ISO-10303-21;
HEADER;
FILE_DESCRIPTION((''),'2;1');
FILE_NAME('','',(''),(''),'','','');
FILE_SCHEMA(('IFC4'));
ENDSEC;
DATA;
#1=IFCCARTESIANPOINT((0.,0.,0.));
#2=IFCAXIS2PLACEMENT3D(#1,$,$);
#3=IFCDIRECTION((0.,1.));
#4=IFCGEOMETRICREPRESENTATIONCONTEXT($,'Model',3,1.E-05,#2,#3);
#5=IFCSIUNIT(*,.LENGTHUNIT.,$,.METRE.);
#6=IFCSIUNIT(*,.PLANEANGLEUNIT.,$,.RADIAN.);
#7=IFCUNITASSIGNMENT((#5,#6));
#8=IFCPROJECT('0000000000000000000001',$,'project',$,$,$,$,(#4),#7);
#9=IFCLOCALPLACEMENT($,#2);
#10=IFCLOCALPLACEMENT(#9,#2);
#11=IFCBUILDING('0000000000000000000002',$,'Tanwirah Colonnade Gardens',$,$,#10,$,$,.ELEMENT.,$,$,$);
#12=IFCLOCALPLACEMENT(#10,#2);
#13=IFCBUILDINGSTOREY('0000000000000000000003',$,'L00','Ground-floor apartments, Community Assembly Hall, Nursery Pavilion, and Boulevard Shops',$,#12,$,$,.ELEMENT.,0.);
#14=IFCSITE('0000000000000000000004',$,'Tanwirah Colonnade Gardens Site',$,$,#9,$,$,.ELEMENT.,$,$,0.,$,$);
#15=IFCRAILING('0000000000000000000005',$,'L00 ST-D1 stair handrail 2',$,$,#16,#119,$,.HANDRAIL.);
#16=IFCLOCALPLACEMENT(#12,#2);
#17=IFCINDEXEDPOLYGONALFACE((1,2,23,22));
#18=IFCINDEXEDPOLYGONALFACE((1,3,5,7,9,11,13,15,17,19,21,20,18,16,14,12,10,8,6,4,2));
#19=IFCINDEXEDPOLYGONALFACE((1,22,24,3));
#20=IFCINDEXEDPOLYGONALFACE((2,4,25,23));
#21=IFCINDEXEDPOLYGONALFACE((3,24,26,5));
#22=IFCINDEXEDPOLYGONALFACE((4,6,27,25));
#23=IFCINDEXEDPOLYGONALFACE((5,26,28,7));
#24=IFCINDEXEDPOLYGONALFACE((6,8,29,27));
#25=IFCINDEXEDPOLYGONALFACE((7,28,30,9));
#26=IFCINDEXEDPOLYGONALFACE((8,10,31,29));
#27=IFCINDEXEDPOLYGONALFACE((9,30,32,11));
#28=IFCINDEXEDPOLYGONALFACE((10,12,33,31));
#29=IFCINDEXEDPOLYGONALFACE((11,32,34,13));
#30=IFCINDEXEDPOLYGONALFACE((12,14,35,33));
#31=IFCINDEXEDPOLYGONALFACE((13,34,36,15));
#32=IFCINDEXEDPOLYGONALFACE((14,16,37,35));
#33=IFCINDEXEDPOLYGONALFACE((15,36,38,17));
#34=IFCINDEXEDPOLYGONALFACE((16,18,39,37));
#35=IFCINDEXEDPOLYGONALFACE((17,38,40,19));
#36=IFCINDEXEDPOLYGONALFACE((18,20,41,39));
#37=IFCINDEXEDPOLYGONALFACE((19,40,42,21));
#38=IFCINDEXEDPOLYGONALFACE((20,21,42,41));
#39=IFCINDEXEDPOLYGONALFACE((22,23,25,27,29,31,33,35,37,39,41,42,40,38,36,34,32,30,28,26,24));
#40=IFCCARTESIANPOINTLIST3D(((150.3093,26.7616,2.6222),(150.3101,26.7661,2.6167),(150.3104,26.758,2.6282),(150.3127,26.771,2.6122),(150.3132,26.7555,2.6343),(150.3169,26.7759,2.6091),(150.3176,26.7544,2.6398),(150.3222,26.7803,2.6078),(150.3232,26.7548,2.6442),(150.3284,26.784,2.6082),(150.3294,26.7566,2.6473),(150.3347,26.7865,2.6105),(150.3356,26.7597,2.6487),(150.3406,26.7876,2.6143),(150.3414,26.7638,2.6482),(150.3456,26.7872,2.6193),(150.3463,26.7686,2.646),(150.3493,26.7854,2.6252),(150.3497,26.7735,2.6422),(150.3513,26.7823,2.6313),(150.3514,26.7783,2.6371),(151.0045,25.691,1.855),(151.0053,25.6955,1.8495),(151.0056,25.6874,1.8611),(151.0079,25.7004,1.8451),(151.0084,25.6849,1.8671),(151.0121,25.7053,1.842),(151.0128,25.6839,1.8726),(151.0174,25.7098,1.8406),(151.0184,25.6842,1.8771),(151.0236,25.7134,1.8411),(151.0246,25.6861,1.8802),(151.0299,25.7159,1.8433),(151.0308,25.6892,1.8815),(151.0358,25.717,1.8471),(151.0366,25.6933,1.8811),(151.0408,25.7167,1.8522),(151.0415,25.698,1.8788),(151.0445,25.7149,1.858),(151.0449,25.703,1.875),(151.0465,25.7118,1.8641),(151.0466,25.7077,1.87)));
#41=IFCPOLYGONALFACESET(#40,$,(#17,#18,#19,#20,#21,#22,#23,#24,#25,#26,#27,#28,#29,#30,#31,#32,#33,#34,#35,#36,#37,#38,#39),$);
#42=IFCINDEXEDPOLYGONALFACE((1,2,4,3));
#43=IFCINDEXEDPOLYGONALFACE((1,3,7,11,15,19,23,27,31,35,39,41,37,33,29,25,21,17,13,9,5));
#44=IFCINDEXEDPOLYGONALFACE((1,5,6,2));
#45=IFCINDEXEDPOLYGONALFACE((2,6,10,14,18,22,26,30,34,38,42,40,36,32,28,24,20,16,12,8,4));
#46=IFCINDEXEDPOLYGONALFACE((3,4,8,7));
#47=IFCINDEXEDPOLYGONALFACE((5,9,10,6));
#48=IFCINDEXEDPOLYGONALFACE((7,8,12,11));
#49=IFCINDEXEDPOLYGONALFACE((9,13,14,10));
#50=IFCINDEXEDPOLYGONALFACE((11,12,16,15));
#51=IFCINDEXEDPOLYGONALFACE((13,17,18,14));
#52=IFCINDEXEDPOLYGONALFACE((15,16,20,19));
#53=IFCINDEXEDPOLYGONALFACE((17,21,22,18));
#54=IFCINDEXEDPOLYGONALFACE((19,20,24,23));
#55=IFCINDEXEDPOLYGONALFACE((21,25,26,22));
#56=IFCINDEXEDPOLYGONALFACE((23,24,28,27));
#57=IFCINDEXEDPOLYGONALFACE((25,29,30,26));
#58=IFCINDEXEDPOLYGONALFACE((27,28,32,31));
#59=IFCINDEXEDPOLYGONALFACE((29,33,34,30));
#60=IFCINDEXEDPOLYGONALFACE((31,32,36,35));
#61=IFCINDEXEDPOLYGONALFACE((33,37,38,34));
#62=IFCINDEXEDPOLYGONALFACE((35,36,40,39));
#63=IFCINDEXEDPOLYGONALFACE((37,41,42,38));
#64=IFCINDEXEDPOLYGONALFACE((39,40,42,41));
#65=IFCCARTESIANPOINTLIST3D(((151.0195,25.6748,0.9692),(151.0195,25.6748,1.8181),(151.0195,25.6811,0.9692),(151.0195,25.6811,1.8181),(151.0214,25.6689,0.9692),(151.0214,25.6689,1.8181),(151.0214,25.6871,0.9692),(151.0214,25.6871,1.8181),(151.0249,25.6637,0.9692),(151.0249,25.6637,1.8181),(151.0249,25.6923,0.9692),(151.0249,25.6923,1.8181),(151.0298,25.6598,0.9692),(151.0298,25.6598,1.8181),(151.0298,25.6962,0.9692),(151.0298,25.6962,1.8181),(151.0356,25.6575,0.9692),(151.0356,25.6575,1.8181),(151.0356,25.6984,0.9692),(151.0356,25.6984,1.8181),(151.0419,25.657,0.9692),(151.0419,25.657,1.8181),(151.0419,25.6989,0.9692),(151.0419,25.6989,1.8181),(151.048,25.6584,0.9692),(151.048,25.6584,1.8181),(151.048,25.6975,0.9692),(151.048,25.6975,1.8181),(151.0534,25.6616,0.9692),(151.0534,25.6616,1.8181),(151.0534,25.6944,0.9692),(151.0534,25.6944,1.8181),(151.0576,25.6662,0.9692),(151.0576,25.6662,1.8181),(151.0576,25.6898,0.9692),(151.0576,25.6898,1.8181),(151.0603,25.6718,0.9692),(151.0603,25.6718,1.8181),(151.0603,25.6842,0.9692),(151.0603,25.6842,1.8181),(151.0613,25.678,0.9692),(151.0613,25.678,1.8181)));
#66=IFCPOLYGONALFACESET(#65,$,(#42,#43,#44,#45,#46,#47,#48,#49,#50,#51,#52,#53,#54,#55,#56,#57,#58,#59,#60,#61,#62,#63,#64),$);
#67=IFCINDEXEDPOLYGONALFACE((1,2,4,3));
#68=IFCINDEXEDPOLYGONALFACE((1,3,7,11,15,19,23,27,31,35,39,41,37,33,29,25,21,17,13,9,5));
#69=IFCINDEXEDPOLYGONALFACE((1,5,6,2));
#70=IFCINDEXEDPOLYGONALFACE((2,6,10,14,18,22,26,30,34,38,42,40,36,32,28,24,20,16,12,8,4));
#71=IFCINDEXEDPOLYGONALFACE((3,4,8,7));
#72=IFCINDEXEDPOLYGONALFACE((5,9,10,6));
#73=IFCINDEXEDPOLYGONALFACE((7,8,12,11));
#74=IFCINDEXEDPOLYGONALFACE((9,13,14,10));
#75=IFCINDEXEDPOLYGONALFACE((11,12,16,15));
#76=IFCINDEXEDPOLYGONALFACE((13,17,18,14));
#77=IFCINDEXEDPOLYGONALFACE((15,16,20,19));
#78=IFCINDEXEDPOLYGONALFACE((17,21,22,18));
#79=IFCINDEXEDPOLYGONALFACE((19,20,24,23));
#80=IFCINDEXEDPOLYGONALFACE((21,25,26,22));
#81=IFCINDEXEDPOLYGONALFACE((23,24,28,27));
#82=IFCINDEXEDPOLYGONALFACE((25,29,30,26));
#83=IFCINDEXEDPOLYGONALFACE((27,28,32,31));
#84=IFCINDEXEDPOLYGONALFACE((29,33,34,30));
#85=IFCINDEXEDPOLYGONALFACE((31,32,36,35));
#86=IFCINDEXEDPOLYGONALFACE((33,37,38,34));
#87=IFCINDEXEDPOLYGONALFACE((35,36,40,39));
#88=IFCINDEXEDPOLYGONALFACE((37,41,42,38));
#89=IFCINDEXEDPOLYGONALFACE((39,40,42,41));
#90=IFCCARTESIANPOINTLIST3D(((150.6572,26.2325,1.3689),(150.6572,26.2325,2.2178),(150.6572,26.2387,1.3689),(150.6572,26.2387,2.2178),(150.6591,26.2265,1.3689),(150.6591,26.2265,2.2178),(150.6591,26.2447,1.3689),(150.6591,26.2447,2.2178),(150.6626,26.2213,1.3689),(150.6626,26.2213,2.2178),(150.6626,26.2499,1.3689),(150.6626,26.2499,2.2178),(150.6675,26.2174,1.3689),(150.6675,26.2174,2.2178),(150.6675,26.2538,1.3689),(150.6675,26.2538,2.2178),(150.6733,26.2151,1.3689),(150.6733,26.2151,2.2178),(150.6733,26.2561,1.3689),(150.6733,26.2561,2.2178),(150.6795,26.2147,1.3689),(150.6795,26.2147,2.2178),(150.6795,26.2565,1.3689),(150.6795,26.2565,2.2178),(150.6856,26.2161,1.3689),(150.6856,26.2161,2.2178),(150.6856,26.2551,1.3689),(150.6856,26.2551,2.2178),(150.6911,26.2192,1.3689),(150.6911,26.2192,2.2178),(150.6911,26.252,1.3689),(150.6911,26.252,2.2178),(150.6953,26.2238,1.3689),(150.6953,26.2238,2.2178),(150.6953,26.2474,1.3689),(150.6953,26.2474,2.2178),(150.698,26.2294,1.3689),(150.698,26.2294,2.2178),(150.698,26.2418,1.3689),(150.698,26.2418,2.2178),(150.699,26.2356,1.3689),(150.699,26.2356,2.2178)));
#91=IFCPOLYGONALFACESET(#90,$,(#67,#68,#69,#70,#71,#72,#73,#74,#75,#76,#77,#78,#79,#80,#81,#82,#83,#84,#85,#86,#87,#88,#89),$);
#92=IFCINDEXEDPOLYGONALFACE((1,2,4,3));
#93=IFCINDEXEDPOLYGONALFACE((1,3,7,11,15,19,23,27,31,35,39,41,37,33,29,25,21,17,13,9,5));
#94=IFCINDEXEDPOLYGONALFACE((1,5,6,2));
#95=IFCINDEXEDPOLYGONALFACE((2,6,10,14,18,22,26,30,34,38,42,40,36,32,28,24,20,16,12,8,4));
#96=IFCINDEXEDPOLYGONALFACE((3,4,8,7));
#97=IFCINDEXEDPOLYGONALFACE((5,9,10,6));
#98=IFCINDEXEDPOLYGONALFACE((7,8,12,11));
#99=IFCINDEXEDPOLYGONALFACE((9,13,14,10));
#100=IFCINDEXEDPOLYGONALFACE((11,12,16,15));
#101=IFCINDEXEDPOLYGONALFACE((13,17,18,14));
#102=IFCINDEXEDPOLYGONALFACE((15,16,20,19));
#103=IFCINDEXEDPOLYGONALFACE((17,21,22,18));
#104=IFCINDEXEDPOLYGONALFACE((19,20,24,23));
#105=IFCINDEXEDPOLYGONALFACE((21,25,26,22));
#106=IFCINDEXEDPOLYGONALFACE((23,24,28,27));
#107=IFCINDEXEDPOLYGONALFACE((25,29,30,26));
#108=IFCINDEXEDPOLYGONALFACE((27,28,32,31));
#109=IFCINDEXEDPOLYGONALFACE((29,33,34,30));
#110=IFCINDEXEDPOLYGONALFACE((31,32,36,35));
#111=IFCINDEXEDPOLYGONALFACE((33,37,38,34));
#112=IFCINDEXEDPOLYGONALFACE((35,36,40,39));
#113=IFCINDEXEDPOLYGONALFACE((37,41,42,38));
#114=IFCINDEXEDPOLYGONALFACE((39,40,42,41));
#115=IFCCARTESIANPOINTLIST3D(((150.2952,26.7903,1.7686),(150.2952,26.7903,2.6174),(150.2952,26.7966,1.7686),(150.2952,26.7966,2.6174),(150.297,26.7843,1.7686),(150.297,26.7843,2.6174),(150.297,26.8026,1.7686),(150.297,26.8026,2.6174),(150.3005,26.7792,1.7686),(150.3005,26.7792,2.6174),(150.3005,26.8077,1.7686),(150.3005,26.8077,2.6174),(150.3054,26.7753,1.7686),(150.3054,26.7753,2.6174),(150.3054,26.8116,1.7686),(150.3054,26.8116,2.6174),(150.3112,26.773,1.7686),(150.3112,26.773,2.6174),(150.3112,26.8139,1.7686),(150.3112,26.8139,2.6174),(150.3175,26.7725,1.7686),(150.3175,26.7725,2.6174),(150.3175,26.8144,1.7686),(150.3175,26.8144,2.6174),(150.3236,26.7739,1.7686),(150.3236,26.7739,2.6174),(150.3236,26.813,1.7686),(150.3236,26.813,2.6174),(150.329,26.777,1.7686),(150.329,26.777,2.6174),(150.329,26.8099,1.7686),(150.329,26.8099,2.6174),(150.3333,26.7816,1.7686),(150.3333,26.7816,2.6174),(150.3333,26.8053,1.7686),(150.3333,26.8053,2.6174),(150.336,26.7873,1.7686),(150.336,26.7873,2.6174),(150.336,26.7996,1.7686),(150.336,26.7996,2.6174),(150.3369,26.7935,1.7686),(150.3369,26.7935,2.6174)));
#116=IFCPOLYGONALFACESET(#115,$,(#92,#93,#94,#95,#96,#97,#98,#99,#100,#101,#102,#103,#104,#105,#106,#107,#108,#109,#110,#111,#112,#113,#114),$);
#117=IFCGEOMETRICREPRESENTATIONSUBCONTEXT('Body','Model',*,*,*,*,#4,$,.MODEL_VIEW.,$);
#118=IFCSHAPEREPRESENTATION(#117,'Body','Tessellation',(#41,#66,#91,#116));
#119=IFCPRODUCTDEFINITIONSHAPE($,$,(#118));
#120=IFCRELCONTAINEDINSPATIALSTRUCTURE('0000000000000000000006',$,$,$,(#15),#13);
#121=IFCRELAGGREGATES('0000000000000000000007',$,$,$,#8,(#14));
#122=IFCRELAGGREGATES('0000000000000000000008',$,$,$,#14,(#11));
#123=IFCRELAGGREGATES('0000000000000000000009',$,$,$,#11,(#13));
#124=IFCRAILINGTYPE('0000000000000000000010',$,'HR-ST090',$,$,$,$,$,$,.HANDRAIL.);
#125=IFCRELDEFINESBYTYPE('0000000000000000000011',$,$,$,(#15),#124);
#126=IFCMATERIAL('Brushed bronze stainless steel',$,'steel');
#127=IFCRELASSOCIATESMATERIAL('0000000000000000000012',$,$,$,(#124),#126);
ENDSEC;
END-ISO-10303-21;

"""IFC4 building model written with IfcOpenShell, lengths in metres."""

from ifc_helpers import new_model, si_unit, direction, frame, origin, origin_2d, place, context, subcontext, project, spatial, circle, extrude, material, type_object, element, save


model = new_model("IFC4")

# Units and contexts
model_context = context("Model", 3, precision=1e-05, world=origin(), true_north=direction((0.0, 1.0)))
body_context = subcontext(model_context, "Body", "Model", "MODEL_VIEW")
ifc_project = project(units=[si_unit("LENGTHUNIT", "METRE"), si_unit("PLANEANGLEUNIT", "RADIAN")], contexts=[model_context])

# Site, building, storey
site_placement = place(None, origin())
site = spatial("IfcSite", under=ifc_project, at=site_placement, Name="Tanwirah Colonnade Gardens Site", CompositionType="ELEMENT", RefElevation=0.0)
building_placement = place(site_placement, origin())
building = spatial("IfcBuilding", under=site, at=building_placement, Name="Tanwirah Colonnade Gardens", CompositionType="ELEMENT")
storey_placement = place(building_placement, origin())
storey = spatial("IfcBuildingStorey", under=building, at=storey_placement, Name="L00", Description="Ground-floor apartments, Community Assembly Hall, Nursery Pavilion, and Boulevard Shops", CompositionType="ELEMENT", Elevation=0.0)

# Railing
ifc_material_1 = material(Name="Brushed bronze stainless steel", Category="steel")
railing_type_1 = type_object("IfcRailingType", Name="HR-ST090", PredefinedType="HANDRAIL", material=ifc_material_1)
for number, where, name in (
    (1, (151.0403, 25.678, 0.9692), "L00 ST-D1 stair handrail 2"),
):
    element("IfcRailing", number, at=place(storey_placement, frame(where)), inside=storey, type_object=railing_type_1, Name=name, PredefinedType="HANDRAIL", context=body_context, shape_type="SweptSolid", body=[
        extrude(circle(Radius=0.0239, at=origin_2d()), frame((-0.0146, 0.0225, 0.8918), z_axis=(-0.466808, 0.718856, 0.515109), x_axis=(-0.838683, -0.544621, 0.0)), (0.0, 0.0, 1.0), 1.4893),
        extrude(circle(Radius=0.021, at=origin_2d()), origin(), (0.0, 0.0, 1.0), 0.8489),
        extrude(circle(Radius=0.021, at=origin_2d()), frame((-0.3623, 0.5576, 0.3997)), (0.0, 0.0, 1.0), 0.8489),
        extrude(circle(Radius=0.021, at=origin_2d()), frame((-0.7244, 1.1155, 0.7993)), (0.0, 0.0, 1.0), 0.8489),
    ])

save(model, "model.ifc")
